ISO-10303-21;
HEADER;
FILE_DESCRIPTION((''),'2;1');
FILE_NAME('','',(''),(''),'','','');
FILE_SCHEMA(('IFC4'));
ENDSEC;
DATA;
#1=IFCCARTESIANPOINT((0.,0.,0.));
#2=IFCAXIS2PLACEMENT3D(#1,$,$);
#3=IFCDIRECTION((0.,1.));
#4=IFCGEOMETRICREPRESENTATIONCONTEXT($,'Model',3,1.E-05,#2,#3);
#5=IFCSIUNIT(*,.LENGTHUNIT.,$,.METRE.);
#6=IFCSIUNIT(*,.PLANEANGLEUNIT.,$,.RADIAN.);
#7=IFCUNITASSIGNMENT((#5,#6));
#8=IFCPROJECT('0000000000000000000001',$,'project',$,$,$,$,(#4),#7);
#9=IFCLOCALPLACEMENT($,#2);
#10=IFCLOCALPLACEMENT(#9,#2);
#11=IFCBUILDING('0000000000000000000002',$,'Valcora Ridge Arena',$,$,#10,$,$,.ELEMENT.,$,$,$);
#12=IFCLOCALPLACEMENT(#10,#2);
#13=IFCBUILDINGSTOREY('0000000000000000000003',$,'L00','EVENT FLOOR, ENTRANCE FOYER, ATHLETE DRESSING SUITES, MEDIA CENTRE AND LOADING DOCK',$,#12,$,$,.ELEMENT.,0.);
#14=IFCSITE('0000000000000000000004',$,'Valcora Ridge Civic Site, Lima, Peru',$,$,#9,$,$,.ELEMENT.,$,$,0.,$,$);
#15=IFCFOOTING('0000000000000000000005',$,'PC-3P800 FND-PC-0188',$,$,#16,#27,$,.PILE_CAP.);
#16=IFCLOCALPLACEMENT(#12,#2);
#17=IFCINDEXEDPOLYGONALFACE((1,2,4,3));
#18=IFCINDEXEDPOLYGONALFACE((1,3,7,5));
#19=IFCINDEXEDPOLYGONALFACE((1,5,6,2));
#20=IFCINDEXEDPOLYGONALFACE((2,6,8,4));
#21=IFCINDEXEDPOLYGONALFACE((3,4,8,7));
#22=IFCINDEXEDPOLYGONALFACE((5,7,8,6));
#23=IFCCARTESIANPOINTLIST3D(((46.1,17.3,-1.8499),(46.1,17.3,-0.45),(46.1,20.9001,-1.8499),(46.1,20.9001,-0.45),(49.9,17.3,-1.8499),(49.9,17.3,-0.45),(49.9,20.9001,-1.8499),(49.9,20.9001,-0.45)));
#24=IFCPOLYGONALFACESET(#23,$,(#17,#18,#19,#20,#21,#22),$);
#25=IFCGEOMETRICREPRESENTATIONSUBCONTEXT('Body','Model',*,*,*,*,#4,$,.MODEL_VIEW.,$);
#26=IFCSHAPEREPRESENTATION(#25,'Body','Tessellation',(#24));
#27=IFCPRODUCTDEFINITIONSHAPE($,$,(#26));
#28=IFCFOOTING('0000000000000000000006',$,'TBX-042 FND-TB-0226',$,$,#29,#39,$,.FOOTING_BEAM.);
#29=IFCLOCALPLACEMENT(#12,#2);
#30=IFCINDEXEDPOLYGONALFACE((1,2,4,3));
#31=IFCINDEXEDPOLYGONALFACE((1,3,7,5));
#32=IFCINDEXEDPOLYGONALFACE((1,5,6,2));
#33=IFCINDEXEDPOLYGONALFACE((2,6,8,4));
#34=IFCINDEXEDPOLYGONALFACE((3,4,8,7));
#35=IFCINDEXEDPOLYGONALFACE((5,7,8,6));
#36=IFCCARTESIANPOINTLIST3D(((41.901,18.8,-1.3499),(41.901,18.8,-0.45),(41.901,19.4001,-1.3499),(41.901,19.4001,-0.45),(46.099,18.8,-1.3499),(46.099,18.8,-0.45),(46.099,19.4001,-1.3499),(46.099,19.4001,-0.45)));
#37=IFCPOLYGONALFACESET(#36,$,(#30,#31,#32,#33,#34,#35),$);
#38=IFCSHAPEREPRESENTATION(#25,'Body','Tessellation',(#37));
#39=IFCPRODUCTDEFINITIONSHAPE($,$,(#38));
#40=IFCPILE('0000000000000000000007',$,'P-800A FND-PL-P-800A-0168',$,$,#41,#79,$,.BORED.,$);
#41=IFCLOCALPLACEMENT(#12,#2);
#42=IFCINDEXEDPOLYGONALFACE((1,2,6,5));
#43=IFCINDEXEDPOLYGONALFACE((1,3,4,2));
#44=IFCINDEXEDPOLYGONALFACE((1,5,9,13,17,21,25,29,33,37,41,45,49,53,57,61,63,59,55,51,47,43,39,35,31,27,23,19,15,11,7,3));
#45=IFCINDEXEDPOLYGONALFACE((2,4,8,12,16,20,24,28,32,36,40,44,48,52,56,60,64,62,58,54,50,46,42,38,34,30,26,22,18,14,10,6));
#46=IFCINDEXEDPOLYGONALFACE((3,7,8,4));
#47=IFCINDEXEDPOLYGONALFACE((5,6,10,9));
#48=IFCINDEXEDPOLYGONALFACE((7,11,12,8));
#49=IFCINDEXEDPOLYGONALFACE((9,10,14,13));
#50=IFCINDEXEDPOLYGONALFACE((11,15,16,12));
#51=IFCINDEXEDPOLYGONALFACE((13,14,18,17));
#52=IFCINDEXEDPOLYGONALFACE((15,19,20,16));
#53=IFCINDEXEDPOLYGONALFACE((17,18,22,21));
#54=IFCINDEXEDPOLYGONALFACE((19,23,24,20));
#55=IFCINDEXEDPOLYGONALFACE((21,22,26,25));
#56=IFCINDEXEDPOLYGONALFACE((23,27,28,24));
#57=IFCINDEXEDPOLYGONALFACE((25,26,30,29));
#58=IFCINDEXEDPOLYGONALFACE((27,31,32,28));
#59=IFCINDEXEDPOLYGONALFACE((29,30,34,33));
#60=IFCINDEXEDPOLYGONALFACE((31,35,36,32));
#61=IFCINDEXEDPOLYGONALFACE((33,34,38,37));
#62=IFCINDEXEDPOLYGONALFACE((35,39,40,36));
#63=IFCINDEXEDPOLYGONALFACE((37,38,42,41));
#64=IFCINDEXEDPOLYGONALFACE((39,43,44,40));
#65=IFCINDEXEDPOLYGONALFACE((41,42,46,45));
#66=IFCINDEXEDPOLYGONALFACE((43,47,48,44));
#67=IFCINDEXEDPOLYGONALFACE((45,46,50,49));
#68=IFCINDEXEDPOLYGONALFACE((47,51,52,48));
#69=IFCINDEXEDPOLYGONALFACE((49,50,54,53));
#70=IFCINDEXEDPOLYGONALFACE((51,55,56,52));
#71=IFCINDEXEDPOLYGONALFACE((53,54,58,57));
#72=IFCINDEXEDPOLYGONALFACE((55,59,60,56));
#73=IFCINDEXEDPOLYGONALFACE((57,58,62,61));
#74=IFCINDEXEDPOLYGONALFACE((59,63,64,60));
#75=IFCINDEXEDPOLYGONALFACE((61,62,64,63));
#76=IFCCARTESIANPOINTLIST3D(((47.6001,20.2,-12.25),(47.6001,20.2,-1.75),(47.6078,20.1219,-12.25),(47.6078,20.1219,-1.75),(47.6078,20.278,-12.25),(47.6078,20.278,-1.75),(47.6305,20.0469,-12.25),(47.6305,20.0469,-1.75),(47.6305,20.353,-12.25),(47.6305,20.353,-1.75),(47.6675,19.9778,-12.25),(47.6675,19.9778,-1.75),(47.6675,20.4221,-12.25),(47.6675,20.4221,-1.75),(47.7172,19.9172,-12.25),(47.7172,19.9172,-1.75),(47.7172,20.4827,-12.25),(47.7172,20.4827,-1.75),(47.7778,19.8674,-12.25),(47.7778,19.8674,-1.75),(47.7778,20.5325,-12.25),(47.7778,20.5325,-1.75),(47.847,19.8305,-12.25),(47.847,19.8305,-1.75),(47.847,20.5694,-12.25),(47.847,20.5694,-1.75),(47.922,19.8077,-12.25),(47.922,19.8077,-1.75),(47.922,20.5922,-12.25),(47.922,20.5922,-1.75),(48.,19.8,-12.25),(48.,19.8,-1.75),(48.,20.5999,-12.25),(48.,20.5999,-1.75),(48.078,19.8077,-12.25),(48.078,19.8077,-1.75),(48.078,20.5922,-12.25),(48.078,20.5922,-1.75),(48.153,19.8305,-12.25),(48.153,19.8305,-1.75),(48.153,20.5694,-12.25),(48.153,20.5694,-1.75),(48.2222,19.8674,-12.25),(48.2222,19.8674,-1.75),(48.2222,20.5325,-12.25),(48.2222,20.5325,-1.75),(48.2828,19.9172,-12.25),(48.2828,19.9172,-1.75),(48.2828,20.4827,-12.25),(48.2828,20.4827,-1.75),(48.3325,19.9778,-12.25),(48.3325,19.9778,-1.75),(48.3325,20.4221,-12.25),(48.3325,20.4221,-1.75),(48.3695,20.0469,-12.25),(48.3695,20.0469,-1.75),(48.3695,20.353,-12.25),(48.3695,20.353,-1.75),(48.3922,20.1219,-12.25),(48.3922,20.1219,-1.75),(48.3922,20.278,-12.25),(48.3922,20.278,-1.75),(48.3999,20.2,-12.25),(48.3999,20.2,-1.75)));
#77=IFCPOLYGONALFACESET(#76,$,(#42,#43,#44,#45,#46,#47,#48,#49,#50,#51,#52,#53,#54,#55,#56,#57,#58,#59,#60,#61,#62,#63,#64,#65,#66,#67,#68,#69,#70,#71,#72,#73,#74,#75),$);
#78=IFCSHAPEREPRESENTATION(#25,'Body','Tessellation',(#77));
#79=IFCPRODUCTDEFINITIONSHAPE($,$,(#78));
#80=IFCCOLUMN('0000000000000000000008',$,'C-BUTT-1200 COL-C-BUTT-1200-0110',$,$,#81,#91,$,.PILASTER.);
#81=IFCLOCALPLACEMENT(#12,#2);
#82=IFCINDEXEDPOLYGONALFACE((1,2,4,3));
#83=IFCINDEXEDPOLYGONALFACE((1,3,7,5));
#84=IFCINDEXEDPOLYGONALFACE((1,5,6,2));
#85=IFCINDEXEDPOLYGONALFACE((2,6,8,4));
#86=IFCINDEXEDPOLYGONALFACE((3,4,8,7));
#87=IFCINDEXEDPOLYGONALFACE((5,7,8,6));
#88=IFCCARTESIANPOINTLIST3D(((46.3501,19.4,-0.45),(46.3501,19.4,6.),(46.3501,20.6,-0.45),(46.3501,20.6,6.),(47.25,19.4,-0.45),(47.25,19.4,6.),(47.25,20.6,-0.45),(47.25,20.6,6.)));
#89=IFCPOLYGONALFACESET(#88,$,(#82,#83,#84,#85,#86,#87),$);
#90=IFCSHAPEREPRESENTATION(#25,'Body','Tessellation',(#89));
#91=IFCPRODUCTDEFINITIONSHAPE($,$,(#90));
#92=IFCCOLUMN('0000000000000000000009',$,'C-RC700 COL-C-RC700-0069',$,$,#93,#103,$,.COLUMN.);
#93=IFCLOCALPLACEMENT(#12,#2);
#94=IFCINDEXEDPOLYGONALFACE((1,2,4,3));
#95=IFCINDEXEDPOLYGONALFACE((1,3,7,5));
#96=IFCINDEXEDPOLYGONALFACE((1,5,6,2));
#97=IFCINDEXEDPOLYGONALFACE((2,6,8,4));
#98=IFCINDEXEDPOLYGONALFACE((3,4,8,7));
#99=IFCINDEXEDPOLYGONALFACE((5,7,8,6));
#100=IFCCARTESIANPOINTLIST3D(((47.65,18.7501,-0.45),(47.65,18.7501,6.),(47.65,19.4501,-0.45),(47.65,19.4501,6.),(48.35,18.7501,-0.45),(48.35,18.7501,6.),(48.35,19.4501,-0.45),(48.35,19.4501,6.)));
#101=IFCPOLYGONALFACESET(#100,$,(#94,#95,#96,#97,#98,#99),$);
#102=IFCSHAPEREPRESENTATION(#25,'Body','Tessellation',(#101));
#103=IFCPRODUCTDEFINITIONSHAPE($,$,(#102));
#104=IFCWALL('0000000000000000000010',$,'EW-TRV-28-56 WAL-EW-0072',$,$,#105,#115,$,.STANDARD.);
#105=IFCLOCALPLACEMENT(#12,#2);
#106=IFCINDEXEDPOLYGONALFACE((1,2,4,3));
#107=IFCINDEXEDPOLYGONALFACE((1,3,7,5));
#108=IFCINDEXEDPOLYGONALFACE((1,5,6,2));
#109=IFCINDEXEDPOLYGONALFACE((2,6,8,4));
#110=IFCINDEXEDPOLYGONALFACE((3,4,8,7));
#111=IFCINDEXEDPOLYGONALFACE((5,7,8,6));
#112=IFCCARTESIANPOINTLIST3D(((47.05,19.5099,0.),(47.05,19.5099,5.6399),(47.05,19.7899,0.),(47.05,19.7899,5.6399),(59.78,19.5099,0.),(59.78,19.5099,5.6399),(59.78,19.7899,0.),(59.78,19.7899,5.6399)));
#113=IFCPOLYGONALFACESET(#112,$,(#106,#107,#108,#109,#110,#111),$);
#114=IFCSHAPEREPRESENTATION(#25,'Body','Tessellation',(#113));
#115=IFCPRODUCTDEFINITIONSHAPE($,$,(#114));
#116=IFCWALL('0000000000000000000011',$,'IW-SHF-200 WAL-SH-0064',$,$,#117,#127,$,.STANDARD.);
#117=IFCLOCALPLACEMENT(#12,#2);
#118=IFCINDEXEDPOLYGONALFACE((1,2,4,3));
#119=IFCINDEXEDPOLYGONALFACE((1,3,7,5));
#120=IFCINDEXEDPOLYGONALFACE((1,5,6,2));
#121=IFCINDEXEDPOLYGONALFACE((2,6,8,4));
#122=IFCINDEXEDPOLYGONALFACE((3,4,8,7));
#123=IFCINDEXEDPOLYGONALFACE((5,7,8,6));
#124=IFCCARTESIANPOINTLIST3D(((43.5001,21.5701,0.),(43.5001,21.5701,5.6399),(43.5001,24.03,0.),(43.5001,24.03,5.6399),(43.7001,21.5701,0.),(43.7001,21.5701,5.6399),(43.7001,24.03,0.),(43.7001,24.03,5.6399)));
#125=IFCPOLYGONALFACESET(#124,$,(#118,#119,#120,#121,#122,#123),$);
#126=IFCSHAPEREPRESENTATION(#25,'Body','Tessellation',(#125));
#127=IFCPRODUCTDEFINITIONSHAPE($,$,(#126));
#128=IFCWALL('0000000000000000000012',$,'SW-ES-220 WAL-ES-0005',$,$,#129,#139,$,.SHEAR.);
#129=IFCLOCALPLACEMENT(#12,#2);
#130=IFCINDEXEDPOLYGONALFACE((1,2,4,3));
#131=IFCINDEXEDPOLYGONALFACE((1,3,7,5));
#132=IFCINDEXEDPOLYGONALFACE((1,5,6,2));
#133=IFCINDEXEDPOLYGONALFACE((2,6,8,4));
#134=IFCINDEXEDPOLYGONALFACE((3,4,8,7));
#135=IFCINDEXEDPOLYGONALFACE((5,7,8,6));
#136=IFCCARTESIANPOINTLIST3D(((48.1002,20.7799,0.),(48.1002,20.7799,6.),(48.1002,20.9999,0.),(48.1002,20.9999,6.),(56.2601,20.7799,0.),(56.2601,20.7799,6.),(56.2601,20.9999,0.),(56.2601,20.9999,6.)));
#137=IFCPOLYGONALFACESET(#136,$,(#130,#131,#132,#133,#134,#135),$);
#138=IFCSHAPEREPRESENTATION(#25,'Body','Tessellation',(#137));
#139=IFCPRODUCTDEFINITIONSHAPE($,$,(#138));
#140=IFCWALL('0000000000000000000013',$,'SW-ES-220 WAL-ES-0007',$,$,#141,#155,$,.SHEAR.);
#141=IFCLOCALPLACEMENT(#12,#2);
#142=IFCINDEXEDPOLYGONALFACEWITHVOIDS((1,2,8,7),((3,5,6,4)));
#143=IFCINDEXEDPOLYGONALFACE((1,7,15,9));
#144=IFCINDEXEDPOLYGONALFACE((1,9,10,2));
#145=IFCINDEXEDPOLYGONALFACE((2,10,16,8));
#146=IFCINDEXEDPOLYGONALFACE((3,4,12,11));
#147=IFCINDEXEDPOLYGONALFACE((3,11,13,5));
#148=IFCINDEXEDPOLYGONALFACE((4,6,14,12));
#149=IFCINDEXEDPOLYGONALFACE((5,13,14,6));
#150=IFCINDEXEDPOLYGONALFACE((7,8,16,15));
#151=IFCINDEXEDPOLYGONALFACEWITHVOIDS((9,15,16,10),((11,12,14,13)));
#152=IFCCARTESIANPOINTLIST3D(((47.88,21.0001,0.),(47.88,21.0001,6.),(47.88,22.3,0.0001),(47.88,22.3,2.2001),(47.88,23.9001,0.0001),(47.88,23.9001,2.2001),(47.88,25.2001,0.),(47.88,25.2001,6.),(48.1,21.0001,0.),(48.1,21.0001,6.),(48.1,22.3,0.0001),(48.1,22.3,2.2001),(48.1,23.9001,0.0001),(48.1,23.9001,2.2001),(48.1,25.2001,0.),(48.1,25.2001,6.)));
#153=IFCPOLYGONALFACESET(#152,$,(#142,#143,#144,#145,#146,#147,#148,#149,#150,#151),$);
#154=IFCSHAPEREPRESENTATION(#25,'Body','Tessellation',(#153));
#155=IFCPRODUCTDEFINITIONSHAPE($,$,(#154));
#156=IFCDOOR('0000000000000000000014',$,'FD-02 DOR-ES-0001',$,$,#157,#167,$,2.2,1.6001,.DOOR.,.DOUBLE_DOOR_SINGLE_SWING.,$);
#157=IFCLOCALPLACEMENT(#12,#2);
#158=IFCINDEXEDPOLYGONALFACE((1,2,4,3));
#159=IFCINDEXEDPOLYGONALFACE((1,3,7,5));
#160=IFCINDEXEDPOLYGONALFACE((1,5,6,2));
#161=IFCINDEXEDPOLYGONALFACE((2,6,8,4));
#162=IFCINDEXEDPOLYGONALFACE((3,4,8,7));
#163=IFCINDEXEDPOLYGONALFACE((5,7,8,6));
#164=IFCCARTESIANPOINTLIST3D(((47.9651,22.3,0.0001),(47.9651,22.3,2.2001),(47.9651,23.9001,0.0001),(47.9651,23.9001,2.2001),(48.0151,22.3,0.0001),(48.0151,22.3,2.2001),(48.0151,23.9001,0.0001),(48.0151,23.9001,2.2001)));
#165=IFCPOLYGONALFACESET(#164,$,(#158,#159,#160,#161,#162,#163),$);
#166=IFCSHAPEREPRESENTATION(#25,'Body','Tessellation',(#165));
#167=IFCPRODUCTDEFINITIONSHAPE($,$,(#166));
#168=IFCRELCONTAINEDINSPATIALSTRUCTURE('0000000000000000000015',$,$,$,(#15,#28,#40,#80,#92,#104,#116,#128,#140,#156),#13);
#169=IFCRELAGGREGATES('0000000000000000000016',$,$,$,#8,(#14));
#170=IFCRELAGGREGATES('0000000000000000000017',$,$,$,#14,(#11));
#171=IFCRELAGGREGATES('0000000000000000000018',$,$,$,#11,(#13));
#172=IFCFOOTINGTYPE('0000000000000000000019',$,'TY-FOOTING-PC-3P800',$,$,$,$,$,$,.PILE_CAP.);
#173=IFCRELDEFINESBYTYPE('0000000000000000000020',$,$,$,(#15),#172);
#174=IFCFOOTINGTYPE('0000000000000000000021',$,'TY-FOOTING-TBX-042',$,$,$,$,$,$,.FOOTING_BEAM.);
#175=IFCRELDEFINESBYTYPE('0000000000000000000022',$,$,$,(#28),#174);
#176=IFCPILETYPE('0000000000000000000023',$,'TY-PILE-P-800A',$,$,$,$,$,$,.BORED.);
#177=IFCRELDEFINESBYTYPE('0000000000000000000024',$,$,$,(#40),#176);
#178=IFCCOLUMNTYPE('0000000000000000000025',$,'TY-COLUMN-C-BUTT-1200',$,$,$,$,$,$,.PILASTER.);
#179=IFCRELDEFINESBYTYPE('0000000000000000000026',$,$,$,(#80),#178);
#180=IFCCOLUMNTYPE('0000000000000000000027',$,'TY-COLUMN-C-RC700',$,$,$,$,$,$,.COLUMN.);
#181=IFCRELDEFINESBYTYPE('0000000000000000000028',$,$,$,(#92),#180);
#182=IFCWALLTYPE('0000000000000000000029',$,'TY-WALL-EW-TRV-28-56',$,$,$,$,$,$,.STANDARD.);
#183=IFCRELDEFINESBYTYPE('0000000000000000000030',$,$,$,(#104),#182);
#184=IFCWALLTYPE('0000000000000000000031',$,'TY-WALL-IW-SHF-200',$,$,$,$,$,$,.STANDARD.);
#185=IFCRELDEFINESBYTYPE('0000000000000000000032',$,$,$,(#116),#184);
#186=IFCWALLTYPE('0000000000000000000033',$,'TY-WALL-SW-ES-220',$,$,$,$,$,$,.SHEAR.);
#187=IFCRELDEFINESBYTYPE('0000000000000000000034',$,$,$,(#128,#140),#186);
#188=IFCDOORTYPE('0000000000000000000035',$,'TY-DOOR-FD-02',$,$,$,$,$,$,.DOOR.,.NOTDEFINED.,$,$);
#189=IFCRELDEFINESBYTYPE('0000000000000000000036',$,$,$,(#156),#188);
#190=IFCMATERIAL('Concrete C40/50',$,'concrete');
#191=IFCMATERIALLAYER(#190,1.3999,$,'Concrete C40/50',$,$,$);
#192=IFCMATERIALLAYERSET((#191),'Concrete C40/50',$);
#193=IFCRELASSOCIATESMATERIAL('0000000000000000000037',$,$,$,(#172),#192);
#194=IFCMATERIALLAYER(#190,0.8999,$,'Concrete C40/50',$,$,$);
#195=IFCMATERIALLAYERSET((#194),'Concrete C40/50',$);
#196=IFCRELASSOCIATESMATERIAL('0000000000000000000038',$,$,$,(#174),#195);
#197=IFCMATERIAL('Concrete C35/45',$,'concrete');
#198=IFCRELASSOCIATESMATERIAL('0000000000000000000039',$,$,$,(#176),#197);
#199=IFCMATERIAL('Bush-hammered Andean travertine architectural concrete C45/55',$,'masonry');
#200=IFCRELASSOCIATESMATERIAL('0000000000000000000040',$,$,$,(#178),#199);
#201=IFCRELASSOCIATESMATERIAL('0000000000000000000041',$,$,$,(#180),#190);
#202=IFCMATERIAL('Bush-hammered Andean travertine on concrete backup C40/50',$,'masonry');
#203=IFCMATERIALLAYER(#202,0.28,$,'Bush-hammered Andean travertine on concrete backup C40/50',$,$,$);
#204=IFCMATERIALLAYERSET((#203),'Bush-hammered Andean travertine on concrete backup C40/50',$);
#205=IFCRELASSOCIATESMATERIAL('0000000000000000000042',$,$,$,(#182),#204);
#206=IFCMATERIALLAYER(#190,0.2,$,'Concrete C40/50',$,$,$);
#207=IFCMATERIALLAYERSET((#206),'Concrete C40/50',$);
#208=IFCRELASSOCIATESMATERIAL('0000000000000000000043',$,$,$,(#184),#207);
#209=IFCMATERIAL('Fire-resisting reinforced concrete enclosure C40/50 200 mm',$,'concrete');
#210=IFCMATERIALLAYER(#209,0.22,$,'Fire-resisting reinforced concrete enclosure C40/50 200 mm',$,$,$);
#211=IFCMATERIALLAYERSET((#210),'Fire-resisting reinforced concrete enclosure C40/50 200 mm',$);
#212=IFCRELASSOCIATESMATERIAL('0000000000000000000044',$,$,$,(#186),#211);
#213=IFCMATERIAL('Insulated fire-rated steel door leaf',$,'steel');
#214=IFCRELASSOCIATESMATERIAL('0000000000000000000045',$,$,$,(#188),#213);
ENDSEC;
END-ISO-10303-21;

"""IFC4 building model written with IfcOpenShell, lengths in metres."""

from ifc_helpers import new_model, si_unit, direction, frame, frame_2d, origin, origin_2d, place, context, subcontext, project, spatial, rectangle, circle, extrude, material, layer, layer_set, material_profile, profile_set, type_object, element, fill, save


model = new_model("IFC4")

# Units and contexts
model_context = context("Model", 3, precision=1e-05, world=origin(), true_north=direction((0.0, 1.0)))
body_context = subcontext(model_context, "Body", "Model", "MODEL_VIEW")
ifc_project = project(units=[si_unit("LENGTHUNIT", "METRE"), si_unit("PLANEANGLEUNIT", "RADIAN")], contexts=[model_context])

# Site, building, storey
site_placement = place(None, origin())
site = spatial("IfcSite", under=ifc_project, at=site_placement, Name="Valcora Ridge Civic Site, Lima, Peru", CompositionType="ELEMENT", RefElevation=0.0)
building_placement = place(site_placement, origin())
building = spatial("IfcBuilding", under=site, at=building_placement, Name="Valcora Ridge Arena", CompositionType="ELEMENT")
storey_placement = place(building_placement, origin())
storey = spatial("IfcBuildingStorey", under=building, at=storey_placement, Name="L00", Description="EVENT FLOOR, ENTRANCE FOYER, ATHLETE DRESSING SUITES, MEDIA CENTRE AND LOADING DOCK", CompositionType="ELEMENT", Elevation=0.0)

# Footings
ifc_material_1 = material(Name="Concrete C40/50", Category="concrete")
ifc_layer_1 = layer(ifc_material_1, 1.3999, Name="Concrete C40/50")
ifc_layer_set_1 = layer_set([ifc_layer_1], Name="Concrete C40/50")
footing_type_1 = type_object("IfcFootingType", Name="TY-FOOTING-PC-3P800", PredefinedType="PILE_CAP", material=ifc_layer_set_1)
footing_1_placement = place(storey_placement, frame((48.0, 19.1001, -1.8499), z_axis=(0.0, 0.0, 1.0), x_axis=(1.0, 0.0, 0.0)))
element("IfcFooting", 1, at=footing_1_placement, inside=storey, type_object=footing_type_1, Name="PC-3P800 FND-PC-0188", PredefinedType="PILE_CAP", context=body_context, shape_type="SweptSolid", body=[
    extrude(rectangle(XDim=3.8, YDim=3.6001, at=origin_2d()), origin(), (0.0, 0.0, 1.0), 1.3999),
])
ifc_layer_2 = layer(ifc_material_1, 0.8999, Name="Concrete C40/50")
ifc_layer_set_2 = layer_set([ifc_layer_2], Name="Concrete C40/50")
footing_type_2 = type_object("IfcFootingType", Name="TY-FOOTING-TBX-042", PredefinedType="FOOTING_BEAM", material=ifc_layer_set_2)
footing_2_placement = place(storey_placement, frame((44.0, 19.1001, -1.3499), z_axis=(0.0, 0.0, 1.0), x_axis=(1.0, 0.0, 0.0)))
element("IfcFooting", 2, at=footing_2_placement, inside=storey, type_object=footing_type_2, Name="TBX-042 FND-TB-0226", PredefinedType="FOOTING_BEAM", context=body_context, shape_type="SweptSolid", body=[
    extrude(rectangle(XDim=4.198, YDim=0.6001, at=origin_2d()), origin(), (0.0, 0.0, 1.0), 0.8999),
])

# Pile
ifc_material_2 = material(Name="Concrete C35/45", Category="concrete")
ifc_material_profile_1 = material_profile(ifc_material_2, circle(Radius=0.3999, at=origin_2d()), Name="BORED PILE D800")
ifc_profile_set_1 = profile_set([ifc_material_profile_1], Name="Concrete C35/45")
pile_type = type_object("IfcPileType", Name="TY-PILE-P-800A", PredefinedType="BORED", material=ifc_profile_set_1)
pile_placement = place(storey_placement, frame((48.0, 20.2, -1.75), z_axis=(0.0, 0.0, -1.0), x_axis=(1.0, 0.0, 0.0)))
element("IfcPile", 3, at=pile_placement, inside=storey, type_object=pile_type, Name="P-800A FND-PL-P-800A-0168", PredefinedType="BORED", context=body_context, shape_type="SweptSolid", body=[
    extrude(circle(Radius=0.3999, at=origin_2d()), origin(), (0.0, 0.0, 1.0), 10.5),
])

# Columns
ifc_material_3 = material(Name="Bush-hammered Andean travertine architectural concrete C45/55", Category="masonry")
ifc_material_profile_2 = material_profile(ifc_material_3, rectangle(XDim=0.8999, YDim=1.2, at=origin_2d()), Name="RC 900x1200")
ifc_profile_set_2 = profile_set([ifc_material_profile_2], Name="Bush-hammered Andean travertine architectural concrete C45/55")
column_type_1 = type_object("IfcColumnType", Name="TY-COLUMN-C-BUTT-1200", PredefinedType="PILASTER", material=ifc_profile_set_2)
column_1_placement = place(storey_placement, frame((46.8, 20.0, -0.45), z_axis=(0.0, 0.0, 1.0), x_axis=(1.0, 0.0, 0.0)))
element("IfcColumn", 4, at=column_1_placement, inside=storey, type_object=column_type_1, Name="C-BUTT-1200 COL-C-BUTT-1200-0110", PredefinedType="PILASTER", context=body_context, shape_type="SweptSolid", body=[
    extrude(rectangle(XDim=0.8999, YDim=1.2, at=origin_2d()), origin(), (0.0, 0.0, 1.0), 6.45),
])
ifc_material_profile_3 = material_profile(ifc_material_1, rectangle(XDim=0.7, YDim=0.7, at=origin_2d()), Name="RC 700x700")
ifc_profile_set_3 = profile_set([ifc_material_profile_3], Name="Concrete C40/50")
column_type_2 = type_object("IfcColumnType", Name="TY-COLUMN-C-RC700", PredefinedType="COLUMN", material=ifc_profile_set_3)
column_2_placement = place(storey_placement, frame((48.0, 19.1001, -0.45), z_axis=(0.0, 0.0, 1.0), x_axis=(1.0, 0.0, 0.0)))
element("IfcColumn", 5, at=column_2_placement, inside=storey, type_object=column_type_2, Name="C-RC700 COL-C-RC700-0069", PredefinedType="COLUMN", context=body_context, shape_type="SweptSolid", body=[
    extrude(rectangle(XDim=0.7, YDim=0.7, at=origin_2d()), origin(), (0.0, 0.0, 1.0), 6.45),
])

# Shared definitions
ifc_material_4 = material(Name="Bush-hammered Andean travertine on concrete backup C40/50", Category="masonry")
ifc_layer_3 = layer(ifc_material_4, 0.28, Name="Bush-hammered Andean travertine on concrete backup C40/50")
ifc_layer_set_3 = layer_set([ifc_layer_3], Name="Bush-hammered Andean travertine on concrete backup C40/50")
wall_type_1 = type_object("IfcWallType", Name="TY-WALL-EW-TRV-28-56", PredefinedType="STANDARD", material=ifc_layer_set_3)

# Walls
wall_1_placement = place(storey_placement, frame((47.05, 19.6499, 0.0), z_axis=(0.0, 0.0, 1.0), x_axis=(1.0, 0.0, 0.0)))
element("IfcWall", 6, at=wall_1_placement, inside=storey, type_object=wall_type_1, Name="EW-TRV-28-56 WAL-EW-0072", PredefinedType="STANDARD", context=body_context, shape_type="SweptSolid", body=[
    extrude(rectangle(XDim=12.73, YDim=0.28, at=frame_2d((6.365, 0.0))), origin(), (0.0, 0.0, 1.0), 5.6399),
])
ifc_layer_4 = layer(ifc_material_1, 0.2, Name="Concrete C40/50")
ifc_layer_set_4 = layer_set([ifc_layer_4], Name="Concrete C40/50")
wall_type_2 = type_object("IfcWallType", Name="TY-WALL-IW-SHF-200", PredefinedType="STANDARD", material=ifc_layer_set_4)
wall_2_placement = place(storey_placement, frame((43.6001, 21.5701, 0.0), z_axis=(0.0, 0.0, 1.0), x_axis=(0.0, 1.0, 0.0)))
element("IfcWall", 7, at=wall_2_placement, inside=storey, type_object=wall_type_2, Name="IW-SHF-200 WAL-SH-0064", PredefinedType="STANDARD", context=body_context, shape_type="SweptSolid", body=[
    extrude(rectangle(XDim=2.46, YDim=0.2, at=frame_2d((1.23, 0.0))), origin(), (0.0, 0.0, 1.0), 5.6399),
])
ifc_material_5 = material(Name="Fire-resisting reinforced concrete enclosure C40/50 200 mm", Category="concrete")
ifc_layer_5 = layer(ifc_material_5, 0.22, Name="Fire-resisting reinforced concrete enclosure C40/50 200 mm")
ifc_layer_set_5 = layer_set([ifc_layer_5], Name="Fire-resisting reinforced concrete enclosure C40/50 200 mm")
wall_type_3 = type_object("IfcWallType", Name="TY-WALL-SW-ES-220", PredefinedType="SHEAR", material=ifc_layer_set_5)
wall_3_placement = place(storey_placement, frame((48.1001, 20.8899, 0.0), z_axis=(0.0, 0.0, 1.0), x_axis=(1.0, 0.0, 0.0)))
element("IfcWall", 8, at=wall_3_placement, inside=storey, type_object=wall_type_3, Name="SW-ES-220 WAL-ES-0005", PredefinedType="SHEAR", context=body_context, shape_type="SweptSolid", body=[
    extrude(rectangle(XDim=8.1599, YDim=0.22, at=frame_2d((4.0801, 0.0))), origin(), (0.0, 0.0, 1.0), 6.0),
])

# Wall, opening, door
wall_4_placement = place(storey_placement, frame((47.99, 21.0, 0.0), z_axis=(0.0, 0.0, 1.0), x_axis=(0.0, 1.0, 0.0)))
wall_4 = element("IfcWall", 9, at=wall_4_placement, inside=storey, type_object=wall_type_3, Name="SW-ES-220 WAL-ES-0007", PredefinedType="SHEAR", context=body_context, shape_type="SweptSolid", body=[
    extrude(rectangle(XDim=4.2, YDim=0.22, at=frame_2d((2.1001, 0.0))), origin(), (0.0, 0.0, 1.0), 6.0),
])
opening_1_placement = place(wall_4_placement, frame((1.3, 0.0, 0.0)))
opening_1 = element("IfcOpeningElement", 10, at=opening_1_placement, cuts=wall_4, PredefinedType="OPENING", context=body_context, shape_type="SweptSolid", body=[
    extrude(rectangle(XDim=1.6001, YDim=2.2, at=frame_2d((0.8, 1.1001))), frame((0.0, 0.1199, 0.0), z_axis=(0.0, -1.0, 0.0), x_axis=(1.0, 0.0, 0.0)), (0.0, 0.0, 1.0), 0.24),
])
ifc_material_6 = material(Name="Insulated fire-rated steel door leaf", Category="steel")
door_type_1 = type_object("IfcDoorType", Name="TY-DOOR-FD-02", OperationType="NOTDEFINED", PredefinedType="DOOR", material=ifc_material_6)
door_1_placement = place(opening_1_placement, origin())
door_1 = element("IfcDoor", 11, at=door_1_placement, inside=storey, type_object=door_type_1, Name="FD-02 DOR-ES-0001", OperationType="DOUBLE_DOOR_SINGLE_SWING", OverallHeight=2.2, OverallWidth=1.6001, PredefinedType="DOOR", context=body_context, shape_type="SweptSolid", body=[
    extrude(rectangle(XDim=1.6001, YDim=2.2, at=frame_2d((0.8, 1.1001))), frame((0.0, 0.0249, 0.0), z_axis=(0.0, -1.0, 0.0), x_axis=(1.0, 0.0, 0.0)), (0.0, 0.0, 1.0), 0.05),
])
fill(opening_1, door_1)

save(model, "model.ifc")
